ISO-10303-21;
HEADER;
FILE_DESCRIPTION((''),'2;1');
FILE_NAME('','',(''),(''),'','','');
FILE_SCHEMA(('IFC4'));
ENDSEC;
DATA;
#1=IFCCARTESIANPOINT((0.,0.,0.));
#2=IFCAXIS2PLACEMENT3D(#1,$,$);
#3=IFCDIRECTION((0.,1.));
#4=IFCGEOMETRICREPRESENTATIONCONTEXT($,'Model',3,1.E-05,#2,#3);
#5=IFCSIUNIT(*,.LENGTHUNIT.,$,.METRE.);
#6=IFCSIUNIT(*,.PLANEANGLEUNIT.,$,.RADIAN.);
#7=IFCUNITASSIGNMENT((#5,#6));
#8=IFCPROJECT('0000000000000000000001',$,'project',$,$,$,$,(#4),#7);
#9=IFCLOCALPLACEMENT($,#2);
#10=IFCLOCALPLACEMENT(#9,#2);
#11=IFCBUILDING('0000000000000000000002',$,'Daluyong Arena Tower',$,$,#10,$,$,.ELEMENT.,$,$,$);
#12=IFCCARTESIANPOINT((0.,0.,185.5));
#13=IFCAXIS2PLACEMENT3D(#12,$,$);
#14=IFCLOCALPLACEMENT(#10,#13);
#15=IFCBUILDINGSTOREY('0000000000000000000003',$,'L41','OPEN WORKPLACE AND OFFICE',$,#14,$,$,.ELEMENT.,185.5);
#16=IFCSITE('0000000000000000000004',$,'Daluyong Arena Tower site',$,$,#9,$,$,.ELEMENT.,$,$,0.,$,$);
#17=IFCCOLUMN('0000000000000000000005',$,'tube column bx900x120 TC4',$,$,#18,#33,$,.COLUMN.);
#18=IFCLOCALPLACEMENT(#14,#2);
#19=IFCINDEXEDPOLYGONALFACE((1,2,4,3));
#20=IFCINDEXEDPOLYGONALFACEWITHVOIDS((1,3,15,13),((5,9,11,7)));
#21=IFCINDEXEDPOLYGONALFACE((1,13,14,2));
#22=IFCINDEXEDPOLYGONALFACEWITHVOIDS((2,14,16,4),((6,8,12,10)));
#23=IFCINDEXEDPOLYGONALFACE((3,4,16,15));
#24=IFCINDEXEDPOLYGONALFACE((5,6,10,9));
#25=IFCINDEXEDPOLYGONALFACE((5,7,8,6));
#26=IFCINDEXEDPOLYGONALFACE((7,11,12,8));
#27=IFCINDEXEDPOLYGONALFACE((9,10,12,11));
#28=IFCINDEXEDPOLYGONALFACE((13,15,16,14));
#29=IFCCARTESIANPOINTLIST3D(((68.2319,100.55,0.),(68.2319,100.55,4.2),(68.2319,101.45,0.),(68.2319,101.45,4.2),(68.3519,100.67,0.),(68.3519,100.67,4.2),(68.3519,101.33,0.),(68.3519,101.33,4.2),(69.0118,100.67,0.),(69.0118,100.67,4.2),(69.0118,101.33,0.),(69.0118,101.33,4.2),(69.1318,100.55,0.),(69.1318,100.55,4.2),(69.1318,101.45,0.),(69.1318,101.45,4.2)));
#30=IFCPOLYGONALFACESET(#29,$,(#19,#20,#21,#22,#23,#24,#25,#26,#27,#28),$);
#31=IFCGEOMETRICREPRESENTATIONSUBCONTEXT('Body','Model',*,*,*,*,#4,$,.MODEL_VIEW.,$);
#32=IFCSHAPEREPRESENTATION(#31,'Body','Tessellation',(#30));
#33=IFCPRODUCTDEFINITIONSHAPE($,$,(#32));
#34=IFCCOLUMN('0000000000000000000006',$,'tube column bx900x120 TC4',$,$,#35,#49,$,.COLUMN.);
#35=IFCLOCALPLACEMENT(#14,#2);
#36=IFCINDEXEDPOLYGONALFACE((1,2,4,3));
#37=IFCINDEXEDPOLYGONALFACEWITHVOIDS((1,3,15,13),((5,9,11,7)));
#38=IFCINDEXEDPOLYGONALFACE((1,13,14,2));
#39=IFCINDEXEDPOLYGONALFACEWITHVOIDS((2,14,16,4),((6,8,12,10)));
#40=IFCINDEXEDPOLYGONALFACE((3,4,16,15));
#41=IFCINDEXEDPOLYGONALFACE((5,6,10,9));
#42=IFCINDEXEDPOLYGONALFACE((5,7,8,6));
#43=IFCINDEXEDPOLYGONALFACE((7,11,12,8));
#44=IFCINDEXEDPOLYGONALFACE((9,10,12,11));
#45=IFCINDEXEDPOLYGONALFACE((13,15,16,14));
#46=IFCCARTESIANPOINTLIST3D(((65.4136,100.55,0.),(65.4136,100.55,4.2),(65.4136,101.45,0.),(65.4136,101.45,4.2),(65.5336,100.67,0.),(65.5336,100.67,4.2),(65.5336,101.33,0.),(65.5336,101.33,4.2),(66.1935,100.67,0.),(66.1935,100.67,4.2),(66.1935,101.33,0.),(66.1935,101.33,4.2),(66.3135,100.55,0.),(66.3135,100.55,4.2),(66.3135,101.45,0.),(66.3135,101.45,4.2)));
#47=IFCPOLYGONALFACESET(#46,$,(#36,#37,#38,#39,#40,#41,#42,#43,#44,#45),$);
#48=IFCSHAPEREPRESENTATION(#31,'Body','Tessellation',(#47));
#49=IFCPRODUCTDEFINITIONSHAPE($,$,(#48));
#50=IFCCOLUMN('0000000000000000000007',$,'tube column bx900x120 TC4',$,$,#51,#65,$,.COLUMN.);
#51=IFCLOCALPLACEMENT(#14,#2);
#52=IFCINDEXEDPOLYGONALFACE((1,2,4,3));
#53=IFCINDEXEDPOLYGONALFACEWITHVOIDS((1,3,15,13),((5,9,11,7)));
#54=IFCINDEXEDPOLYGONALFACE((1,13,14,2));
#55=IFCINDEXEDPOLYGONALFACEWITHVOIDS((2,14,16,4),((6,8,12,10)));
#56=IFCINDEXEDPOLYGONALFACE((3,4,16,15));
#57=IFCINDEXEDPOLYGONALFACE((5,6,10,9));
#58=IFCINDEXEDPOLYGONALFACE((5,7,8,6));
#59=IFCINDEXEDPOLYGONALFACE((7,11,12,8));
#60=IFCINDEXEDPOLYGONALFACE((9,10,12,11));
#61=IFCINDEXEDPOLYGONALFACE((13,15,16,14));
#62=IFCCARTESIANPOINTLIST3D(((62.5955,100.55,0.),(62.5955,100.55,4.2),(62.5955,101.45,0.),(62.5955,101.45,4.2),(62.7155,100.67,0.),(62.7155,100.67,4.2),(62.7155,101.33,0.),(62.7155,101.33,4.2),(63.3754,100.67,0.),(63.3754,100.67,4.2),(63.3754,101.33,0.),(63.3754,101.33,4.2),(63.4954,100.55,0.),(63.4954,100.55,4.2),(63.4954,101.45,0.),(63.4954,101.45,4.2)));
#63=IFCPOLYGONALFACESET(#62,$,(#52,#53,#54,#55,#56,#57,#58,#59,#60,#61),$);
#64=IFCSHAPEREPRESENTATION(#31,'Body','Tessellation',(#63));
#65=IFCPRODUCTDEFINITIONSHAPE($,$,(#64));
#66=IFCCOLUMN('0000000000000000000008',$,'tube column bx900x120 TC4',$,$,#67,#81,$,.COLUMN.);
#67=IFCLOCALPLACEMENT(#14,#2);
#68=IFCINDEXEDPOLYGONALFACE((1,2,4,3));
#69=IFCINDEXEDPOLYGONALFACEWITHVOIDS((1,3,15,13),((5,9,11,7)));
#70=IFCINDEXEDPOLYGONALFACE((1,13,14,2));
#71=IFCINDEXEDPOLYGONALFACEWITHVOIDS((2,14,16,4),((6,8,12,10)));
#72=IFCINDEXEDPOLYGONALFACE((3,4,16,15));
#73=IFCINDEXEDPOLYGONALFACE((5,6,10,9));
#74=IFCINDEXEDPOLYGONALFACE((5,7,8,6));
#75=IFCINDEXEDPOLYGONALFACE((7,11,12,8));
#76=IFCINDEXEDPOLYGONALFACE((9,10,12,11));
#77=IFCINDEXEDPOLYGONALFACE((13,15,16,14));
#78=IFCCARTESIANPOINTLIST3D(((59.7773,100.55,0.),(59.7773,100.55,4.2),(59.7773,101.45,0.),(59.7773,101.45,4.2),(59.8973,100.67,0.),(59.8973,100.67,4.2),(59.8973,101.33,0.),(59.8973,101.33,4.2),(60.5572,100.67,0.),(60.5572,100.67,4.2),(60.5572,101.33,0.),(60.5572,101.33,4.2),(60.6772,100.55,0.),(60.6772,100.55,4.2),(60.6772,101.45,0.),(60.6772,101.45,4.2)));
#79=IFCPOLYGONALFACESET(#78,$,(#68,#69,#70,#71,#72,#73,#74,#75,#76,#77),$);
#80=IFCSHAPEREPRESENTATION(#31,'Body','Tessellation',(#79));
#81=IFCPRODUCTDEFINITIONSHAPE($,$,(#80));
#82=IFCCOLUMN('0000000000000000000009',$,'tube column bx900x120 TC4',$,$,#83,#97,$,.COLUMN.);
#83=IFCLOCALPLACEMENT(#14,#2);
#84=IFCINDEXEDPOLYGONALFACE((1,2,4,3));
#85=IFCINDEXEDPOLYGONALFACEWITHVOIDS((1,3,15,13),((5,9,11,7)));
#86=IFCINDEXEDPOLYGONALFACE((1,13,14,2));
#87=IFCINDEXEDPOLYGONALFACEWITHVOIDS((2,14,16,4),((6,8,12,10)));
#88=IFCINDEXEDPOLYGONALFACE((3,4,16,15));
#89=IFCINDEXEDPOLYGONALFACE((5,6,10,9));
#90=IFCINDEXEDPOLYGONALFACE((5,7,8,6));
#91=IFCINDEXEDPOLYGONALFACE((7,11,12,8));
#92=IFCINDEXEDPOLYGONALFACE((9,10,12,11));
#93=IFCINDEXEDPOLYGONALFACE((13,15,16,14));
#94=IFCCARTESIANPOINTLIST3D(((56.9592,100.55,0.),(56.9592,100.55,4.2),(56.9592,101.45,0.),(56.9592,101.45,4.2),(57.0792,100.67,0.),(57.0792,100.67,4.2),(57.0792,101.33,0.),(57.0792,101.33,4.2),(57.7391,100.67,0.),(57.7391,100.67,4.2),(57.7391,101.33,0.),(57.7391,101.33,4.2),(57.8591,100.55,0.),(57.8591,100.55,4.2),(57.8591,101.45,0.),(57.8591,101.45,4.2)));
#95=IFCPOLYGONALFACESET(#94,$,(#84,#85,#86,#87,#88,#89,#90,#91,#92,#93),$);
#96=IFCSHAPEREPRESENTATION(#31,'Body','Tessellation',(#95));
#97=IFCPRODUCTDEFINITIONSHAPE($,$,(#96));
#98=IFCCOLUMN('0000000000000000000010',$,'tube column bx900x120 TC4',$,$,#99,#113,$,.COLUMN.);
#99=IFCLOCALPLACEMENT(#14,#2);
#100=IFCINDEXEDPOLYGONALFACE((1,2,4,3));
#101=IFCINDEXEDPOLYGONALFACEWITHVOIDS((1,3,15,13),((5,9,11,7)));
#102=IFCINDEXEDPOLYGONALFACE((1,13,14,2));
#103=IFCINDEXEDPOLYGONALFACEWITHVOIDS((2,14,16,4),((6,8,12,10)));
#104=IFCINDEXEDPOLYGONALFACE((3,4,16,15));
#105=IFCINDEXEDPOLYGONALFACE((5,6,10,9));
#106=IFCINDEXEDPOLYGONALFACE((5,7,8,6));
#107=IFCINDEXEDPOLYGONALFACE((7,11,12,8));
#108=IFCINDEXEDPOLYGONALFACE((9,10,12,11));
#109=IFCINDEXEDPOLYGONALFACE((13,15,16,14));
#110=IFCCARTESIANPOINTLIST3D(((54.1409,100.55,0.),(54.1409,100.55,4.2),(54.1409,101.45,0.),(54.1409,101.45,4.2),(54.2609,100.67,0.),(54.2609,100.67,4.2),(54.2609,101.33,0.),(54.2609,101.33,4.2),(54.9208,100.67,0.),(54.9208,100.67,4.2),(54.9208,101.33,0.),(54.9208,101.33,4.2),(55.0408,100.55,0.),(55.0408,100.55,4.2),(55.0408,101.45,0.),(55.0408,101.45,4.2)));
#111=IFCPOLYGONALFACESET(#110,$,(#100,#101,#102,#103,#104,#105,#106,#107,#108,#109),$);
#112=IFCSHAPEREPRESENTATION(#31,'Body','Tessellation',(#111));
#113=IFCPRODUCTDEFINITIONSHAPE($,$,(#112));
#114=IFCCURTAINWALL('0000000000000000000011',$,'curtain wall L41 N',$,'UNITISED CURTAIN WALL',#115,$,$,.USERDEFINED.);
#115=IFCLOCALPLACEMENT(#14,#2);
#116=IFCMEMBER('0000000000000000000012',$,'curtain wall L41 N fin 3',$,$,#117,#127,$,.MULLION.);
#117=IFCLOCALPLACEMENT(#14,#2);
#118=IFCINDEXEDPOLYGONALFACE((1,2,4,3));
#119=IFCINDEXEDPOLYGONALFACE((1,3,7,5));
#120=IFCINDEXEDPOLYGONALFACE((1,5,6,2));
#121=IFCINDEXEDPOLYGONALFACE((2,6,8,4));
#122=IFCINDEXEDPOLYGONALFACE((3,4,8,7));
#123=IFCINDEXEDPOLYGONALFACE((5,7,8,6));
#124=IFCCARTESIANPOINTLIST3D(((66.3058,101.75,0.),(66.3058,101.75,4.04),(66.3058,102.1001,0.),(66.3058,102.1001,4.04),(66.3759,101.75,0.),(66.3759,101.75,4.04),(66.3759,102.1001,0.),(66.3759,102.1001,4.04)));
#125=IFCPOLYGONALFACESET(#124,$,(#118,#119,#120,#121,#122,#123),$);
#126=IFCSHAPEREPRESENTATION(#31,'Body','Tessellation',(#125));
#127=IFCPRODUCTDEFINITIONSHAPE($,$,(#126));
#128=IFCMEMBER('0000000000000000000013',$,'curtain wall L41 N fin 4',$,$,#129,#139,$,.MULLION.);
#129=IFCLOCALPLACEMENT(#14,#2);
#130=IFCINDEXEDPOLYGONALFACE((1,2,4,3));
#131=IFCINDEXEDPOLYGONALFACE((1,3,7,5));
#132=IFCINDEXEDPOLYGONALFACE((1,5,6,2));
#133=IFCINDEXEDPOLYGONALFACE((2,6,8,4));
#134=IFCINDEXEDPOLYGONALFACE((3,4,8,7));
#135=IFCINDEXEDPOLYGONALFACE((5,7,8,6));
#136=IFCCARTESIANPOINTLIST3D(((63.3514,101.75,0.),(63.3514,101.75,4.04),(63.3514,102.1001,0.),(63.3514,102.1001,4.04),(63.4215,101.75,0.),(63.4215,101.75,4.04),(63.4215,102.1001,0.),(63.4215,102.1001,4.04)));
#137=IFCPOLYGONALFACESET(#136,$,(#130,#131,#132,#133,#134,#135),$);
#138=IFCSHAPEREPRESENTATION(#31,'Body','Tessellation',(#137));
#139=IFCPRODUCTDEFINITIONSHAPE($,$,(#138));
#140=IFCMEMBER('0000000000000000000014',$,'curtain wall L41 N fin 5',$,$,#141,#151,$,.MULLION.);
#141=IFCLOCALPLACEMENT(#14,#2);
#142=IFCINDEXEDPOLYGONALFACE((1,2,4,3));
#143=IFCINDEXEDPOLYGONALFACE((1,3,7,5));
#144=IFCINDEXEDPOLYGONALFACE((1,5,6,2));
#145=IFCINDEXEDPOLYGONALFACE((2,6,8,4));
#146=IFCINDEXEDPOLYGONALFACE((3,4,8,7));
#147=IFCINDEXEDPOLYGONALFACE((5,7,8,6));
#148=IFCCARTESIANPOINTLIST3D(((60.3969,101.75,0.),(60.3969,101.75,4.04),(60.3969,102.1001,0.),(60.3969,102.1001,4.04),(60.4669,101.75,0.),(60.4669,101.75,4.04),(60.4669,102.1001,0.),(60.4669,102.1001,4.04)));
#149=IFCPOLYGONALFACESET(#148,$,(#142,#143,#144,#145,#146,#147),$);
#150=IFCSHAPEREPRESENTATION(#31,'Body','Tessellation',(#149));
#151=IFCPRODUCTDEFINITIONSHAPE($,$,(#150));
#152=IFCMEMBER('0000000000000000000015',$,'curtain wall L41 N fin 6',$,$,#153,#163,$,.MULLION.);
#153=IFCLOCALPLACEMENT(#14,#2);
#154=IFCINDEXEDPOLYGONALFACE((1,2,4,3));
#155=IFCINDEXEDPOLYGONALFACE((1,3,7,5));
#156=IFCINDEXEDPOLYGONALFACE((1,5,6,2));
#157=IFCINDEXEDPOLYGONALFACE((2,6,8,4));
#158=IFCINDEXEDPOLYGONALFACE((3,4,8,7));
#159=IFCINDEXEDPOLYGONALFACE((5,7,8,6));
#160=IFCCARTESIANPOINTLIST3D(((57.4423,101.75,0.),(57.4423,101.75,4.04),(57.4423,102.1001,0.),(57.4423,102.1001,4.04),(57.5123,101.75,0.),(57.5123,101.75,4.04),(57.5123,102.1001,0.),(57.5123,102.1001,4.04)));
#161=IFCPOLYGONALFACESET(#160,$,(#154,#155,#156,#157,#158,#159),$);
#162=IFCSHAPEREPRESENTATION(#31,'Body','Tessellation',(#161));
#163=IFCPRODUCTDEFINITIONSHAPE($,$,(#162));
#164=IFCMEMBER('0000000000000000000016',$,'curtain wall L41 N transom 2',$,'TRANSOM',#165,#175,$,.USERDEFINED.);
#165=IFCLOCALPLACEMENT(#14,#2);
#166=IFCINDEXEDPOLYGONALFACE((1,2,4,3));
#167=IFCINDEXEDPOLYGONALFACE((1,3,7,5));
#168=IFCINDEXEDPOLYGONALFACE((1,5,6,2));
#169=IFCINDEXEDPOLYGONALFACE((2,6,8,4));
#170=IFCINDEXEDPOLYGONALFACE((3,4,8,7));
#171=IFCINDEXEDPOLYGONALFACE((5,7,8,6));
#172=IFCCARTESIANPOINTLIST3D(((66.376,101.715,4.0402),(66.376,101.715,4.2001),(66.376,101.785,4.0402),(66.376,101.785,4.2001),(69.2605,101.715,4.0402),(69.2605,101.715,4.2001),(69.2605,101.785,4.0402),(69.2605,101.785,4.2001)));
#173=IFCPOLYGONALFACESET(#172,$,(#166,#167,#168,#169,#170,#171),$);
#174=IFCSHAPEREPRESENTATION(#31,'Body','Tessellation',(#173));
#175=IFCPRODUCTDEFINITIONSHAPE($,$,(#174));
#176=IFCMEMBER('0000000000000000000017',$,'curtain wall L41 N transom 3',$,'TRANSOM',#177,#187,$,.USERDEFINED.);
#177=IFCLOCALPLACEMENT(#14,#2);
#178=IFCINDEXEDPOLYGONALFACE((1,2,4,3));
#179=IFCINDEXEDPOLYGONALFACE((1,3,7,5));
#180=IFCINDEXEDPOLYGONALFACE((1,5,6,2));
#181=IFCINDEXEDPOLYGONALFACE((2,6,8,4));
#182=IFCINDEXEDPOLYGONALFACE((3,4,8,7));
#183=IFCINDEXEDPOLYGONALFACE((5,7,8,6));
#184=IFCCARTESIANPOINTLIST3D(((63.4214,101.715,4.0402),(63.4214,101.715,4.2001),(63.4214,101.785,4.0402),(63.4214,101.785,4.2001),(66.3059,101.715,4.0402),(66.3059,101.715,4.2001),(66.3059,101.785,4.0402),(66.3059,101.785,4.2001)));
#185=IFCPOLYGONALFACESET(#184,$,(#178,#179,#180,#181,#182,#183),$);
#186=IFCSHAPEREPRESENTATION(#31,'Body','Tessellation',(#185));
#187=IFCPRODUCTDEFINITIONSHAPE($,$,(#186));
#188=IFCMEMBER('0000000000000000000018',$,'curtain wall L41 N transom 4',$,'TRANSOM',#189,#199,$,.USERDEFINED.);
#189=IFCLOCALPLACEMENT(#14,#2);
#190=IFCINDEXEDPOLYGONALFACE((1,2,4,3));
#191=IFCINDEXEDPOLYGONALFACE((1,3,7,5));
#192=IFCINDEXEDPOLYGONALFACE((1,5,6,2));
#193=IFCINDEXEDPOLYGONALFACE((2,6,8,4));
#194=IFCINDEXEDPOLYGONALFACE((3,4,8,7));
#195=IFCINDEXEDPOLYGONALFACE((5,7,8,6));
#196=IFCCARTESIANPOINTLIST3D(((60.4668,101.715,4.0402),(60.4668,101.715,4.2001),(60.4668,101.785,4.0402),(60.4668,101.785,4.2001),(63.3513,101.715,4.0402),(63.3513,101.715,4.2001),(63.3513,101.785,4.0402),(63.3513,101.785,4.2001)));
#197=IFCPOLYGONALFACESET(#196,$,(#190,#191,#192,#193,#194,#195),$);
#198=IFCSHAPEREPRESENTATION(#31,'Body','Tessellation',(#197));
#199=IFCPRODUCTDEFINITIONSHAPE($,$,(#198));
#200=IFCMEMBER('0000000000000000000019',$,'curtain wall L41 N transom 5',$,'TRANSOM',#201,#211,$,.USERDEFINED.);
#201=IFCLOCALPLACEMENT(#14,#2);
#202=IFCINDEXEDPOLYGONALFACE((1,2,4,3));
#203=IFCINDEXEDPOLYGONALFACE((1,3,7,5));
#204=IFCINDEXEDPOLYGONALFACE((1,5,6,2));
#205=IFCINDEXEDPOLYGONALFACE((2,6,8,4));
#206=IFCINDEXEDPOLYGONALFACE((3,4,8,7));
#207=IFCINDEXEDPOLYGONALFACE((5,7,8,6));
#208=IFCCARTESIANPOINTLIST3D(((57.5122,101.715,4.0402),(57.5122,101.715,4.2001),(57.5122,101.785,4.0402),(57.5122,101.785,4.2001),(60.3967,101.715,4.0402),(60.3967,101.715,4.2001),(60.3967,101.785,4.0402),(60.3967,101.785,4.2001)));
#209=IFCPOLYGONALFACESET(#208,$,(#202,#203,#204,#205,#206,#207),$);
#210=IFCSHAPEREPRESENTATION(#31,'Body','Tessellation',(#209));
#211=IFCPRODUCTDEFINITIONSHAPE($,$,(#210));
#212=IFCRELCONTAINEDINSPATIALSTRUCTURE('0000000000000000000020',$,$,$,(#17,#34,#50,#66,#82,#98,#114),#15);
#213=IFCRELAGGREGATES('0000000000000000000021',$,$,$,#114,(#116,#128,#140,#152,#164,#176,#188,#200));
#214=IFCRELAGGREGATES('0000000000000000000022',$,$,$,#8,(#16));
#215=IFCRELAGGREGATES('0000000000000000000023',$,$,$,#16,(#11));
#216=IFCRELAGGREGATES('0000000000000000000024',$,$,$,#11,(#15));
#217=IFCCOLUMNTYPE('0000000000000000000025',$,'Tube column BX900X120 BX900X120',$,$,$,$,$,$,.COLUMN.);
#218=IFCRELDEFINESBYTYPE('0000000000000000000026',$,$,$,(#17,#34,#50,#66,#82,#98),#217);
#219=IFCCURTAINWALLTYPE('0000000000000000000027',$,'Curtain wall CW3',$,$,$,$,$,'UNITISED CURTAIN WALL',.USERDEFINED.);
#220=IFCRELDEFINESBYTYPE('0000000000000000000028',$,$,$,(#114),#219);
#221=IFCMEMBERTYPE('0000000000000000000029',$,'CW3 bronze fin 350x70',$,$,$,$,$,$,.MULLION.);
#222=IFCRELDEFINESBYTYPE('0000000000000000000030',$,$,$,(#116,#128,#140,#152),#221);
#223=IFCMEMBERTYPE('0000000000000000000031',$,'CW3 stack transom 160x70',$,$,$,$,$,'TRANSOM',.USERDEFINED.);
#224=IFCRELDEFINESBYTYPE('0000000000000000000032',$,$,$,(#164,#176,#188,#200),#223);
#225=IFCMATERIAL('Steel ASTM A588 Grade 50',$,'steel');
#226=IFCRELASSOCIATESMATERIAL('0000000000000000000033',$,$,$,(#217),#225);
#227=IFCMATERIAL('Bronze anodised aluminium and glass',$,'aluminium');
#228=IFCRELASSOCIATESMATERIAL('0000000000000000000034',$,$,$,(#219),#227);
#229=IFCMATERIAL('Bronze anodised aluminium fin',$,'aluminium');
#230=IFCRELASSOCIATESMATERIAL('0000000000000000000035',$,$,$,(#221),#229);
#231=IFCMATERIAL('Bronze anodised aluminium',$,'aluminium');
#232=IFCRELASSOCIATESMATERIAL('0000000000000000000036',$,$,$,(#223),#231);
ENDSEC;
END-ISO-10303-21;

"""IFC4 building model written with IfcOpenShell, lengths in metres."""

from ifc_helpers import new_model, si_unit, direction, frame, origin, origin_2d, place, context, subcontext, project, spatial, rectangle, hollow_rectangle, extrude, material, material_profile, profile_set, type_object, element, aggregate, save


model = new_model("IFC4")

# Units and contexts
model_context = context("Model", 3, precision=1e-05, world=origin(), true_north=direction((0.0, 1.0)))
body_context = subcontext(model_context, "Body", "Model", "MODEL_VIEW")
ifc_project = project(units=[si_unit("LENGTHUNIT", "METRE"), si_unit("PLANEANGLEUNIT", "RADIAN")], contexts=[model_context])

# Site, building, storey
site_placement = place(None, origin())
site = spatial("IfcSite", under=ifc_project, at=site_placement, Name="Daluyong Arena Tower site", CompositionType="ELEMENT", RefElevation=0.0)
building_placement = place(site_placement, origin())
building = spatial("IfcBuilding", under=site, at=building_placement, Name="Daluyong Arena Tower", CompositionType="ELEMENT")
storey_placement = place(building_placement, frame((0.0, 0.0, 185.5)))
storey = spatial("IfcBuildingStorey", under=building, at=storey_placement, Name="L41", Description="OPEN WORKPLACE AND OFFICE", CompositionType="ELEMENT", Elevation=185.5)

# Columns
ifc_material_1 = material(Name="Steel ASTM A588 Grade 50", Category="steel")
ifc_material_profile_1 = material_profile(ifc_material_1, hollow_rectangle(XDim=0.8999, YDim=0.8999, WallThickness=0.12, at=origin_2d()))
ifc_profile_set_1 = profile_set([ifc_material_profile_1], Name="Steel ASTM A588 Grade 50")
column_type = type_object("IfcColumnType", Name="Tube column BX900X120 BX900X120", PredefinedType="COLUMN", material=ifc_profile_set_1)
for number, where, z_axis, x_axis, name in (
    (1, (68.6819, 101.0, 0.0), (0.0, 0.0, 1.0), (1.0, 0.0, 0.0), "tube column bx900x120 TC4"),
    (2, (65.8635, 101.0, 0.0), (0.0, 0.0, 1.0), (1.0, 0.0, 0.0), "tube column bx900x120 TC4"),
    (3, (63.0454, 101.0, 0.0), (0.0, 0.0, 1.0), (1.0, 0.0, 0.0), "tube column bx900x120 TC4"),
    (4, (60.2273, 101.0, 0.0), (0.0, 0.0, 1.0), (1.0, 0.0, 0.0), "tube column bx900x120 TC4"),
    (5, (57.4092, 101.0, 0.0), (0.0, 0.0, 1.0), (1.0, 0.0, 0.0), "tube column bx900x120 TC4"),
    (6, (54.5908, 101.0, 0.0), (0.0, 0.0, 1.0), (1.0, 0.0, 0.0), "tube column bx900x120 TC4"),
):
    element("IfcColumn", number, at=place(storey_placement, frame(where, z_axis=z_axis, x_axis=x_axis)), inside=storey, type_object=column_type, Name=name, PredefinedType="COLUMN", context=body_context, shape_type="SweptSolid", body=[
        extrude(hollow_rectangle(XDim=0.8999, YDim=0.8999, WallThickness=0.12, at=origin_2d()), origin(), (0.0, 0.0, 1.0), 4.2),
    ])

# Curtain wall, members
ifc_material_2 = material(Name="Bronze anodised aluminium and glass", Category="aluminium")
curtain_wall_type = type_object("IfcCurtainWallType", Name="Curtain wall CW3", ElementType="UNITISED CURTAIN WALL", PredefinedType="USERDEFINED", material=ifc_material_2)
curtain_wall_placement = place(storey_placement, origin())
curtain_wall = element("IfcCurtainWall", 7, at=curtain_wall_placement, inside=storey, type_object=curtain_wall_type, Name="curtain wall L41 N", ObjectType="UNITISED CURTAIN WALL", PredefinedType="USERDEFINED")
ifc_material_3 = material(Name="Bronze anodised aluminium fin", Category="aluminium")
ifc_material_profile_2 = material_profile(ifc_material_3, rectangle(XDim=0.3501, YDim=0.0701, at=origin_2d()))
ifc_profile_set_2 = profile_set([ifc_material_profile_2], Name="Bronze anodised aluminium fin")
member_type_1 = type_object("IfcMemberType", Name="CW3 bronze fin 350x70", PredefinedType="MULLION", material=ifc_profile_set_2)
member_1_placement = place(storey_placement, frame((66.3408, 101.925, 0.0), z_axis=(0.0, 0.0, 1.0), x_axis=(0.0, -1.0, 0.0)))
member_1 = element("IfcMember", 8, at=member_1_placement, type_object=member_type_1, Name="curtain wall L41 N fin 3", PredefinedType="MULLION", context=body_context, shape_type="SweptSolid", body=[
    extrude(rectangle(XDim=0.3501, YDim=0.0701, at=origin_2d()), origin(), (0.0, 0.0, 1.0), 4.04),
])
member_2_placement = place(storey_placement, frame((63.3865, 101.925, 0.0), z_axis=(0.0, 0.0, 1.0), x_axis=(0.0, -1.0, 0.0)))
member_2 = element("IfcMember", 9, at=member_2_placement, type_object=member_type_1, Name="curtain wall L41 N fin 4", PredefinedType="MULLION", context=body_context, shape_type="SweptSolid", body=[
    extrude(rectangle(XDim=0.3501, YDim=0.0701, at=origin_2d()), origin(), (0.0, 0.0, 1.0), 4.04),
])
member_3_placement = place(storey_placement, frame((60.4319, 101.925, 0.0), z_axis=(0.0, 0.0, 1.0), x_axis=(0.0, -1.0, 0.0)))
member_3 = element("IfcMember", 10, at=member_3_placement, type_object=member_type_1, Name="curtain wall L41 N fin 5", PredefinedType="MULLION", context=body_context, shape_type="SweptSolid", body=[
    extrude(rectangle(XDim=0.3501, YDim=0.0701, at=origin_2d()), origin(), (0.0, 0.0, 1.0), 4.04),
])
member_4_placement = place(storey_placement, frame((57.4773, 101.925, 0.0), z_axis=(0.0, 0.0, 1.0), x_axis=(0.0, -1.0, 0.0)))
member_4 = element("IfcMember", 11, at=member_4_placement, type_object=member_type_1, Name="curtain wall L41 N fin 6", PredefinedType="MULLION", context=body_context, shape_type="SweptSolid", body=[
    extrude(rectangle(XDim=0.3501, YDim=0.0701, at=origin_2d()), origin(), (0.0, 0.0, 1.0), 4.04),
])
ifc_material_4 = material(Name="Bronze anodised aluminium", Category="aluminium")
ifc_material_profile_3 = material_profile(ifc_material_4, rectangle(XDim=0.0701, YDim=0.1599, at=origin_2d()))
ifc_profile_set_3 = profile_set([ifc_material_profile_3], Name="Bronze anodised aluminium")
member_type_2 = type_object("IfcMemberType", Name="CW3 stack transom 160x70", ElementType="TRANSOM", PredefinedType="USERDEFINED", material=ifc_profile_set_3)
member_5_placement = place(storey_placement, frame((69.2605, 101.75, 4.1201), z_axis=(-1.0, 0.0, 0.0), x_axis=(0.0, -1.0, 0.0)))
member_5 = element("IfcMember", 12, at=member_5_placement, type_object=member_type_2, Name="curtain wall L41 N transom 2", ObjectType="TRANSOM", PredefinedType="USERDEFINED", context=body_context, shape_type="SweptSolid", body=[
    extrude(rectangle(XDim=0.0701, YDim=0.1599, at=origin_2d()), origin(), (0.0, 0.0, 1.0), 2.8845),
])
member_6_placement = place(storey_placement, frame((66.3059, 101.75, 4.1201), z_axis=(-1.0, 0.0, 0.0), x_axis=(0.0, -1.0, 0.0)))
member_6 = element("IfcMember", 13, at=member_6_placement, type_object=member_type_2, Name="curtain wall L41 N transom 3", ObjectType="TRANSOM", PredefinedType="USERDEFINED", context=body_context, shape_type="SweptSolid", body=[
    extrude(rectangle(XDim=0.0701, YDim=0.1599, at=origin_2d()), origin(), (0.0, 0.0, 1.0), 2.8845),
])
member_7_placement = place(storey_placement, frame((63.3513, 101.75, 4.1201), z_axis=(-1.0, 0.0, 0.0), x_axis=(0.0, -1.0, 0.0)))
member_7 = element("IfcMember", 14, at=member_7_placement, type_object=member_type_2, Name="curtain wall L41 N transom 4", ObjectType="TRANSOM", PredefinedType="USERDEFINED", context=body_context, shape_type="SweptSolid", body=[
    extrude(rectangle(XDim=0.0701, YDim=0.1599, at=origin_2d()), origin(), (0.0, 0.0, 1.0), 2.8845),
])
member_8_placement = place(storey_placement, frame((60.3967, 101.75, 4.1201), z_axis=(-1.0, 0.0, 0.0), x_axis=(0.0, -1.0, 0.0)))
member_8 = element("IfcMember", 15, at=member_8_placement, type_object=member_type_2, Name="curtain wall L41 N transom 5", ObjectType="TRANSOM", PredefinedType="USERDEFINED", context=body_context, shape_type="SweptSolid", body=[
    extrude(rectangle(XDim=0.0701, YDim=0.1599, at=origin_2d()), origin(), (0.0, 0.0, 1.0), 2.8845),
])

aggregate(curtain_wall, [member_1, member_2, member_3, member_4, member_5, member_6, member_7, member_8])

save(model, "model.ifc")
